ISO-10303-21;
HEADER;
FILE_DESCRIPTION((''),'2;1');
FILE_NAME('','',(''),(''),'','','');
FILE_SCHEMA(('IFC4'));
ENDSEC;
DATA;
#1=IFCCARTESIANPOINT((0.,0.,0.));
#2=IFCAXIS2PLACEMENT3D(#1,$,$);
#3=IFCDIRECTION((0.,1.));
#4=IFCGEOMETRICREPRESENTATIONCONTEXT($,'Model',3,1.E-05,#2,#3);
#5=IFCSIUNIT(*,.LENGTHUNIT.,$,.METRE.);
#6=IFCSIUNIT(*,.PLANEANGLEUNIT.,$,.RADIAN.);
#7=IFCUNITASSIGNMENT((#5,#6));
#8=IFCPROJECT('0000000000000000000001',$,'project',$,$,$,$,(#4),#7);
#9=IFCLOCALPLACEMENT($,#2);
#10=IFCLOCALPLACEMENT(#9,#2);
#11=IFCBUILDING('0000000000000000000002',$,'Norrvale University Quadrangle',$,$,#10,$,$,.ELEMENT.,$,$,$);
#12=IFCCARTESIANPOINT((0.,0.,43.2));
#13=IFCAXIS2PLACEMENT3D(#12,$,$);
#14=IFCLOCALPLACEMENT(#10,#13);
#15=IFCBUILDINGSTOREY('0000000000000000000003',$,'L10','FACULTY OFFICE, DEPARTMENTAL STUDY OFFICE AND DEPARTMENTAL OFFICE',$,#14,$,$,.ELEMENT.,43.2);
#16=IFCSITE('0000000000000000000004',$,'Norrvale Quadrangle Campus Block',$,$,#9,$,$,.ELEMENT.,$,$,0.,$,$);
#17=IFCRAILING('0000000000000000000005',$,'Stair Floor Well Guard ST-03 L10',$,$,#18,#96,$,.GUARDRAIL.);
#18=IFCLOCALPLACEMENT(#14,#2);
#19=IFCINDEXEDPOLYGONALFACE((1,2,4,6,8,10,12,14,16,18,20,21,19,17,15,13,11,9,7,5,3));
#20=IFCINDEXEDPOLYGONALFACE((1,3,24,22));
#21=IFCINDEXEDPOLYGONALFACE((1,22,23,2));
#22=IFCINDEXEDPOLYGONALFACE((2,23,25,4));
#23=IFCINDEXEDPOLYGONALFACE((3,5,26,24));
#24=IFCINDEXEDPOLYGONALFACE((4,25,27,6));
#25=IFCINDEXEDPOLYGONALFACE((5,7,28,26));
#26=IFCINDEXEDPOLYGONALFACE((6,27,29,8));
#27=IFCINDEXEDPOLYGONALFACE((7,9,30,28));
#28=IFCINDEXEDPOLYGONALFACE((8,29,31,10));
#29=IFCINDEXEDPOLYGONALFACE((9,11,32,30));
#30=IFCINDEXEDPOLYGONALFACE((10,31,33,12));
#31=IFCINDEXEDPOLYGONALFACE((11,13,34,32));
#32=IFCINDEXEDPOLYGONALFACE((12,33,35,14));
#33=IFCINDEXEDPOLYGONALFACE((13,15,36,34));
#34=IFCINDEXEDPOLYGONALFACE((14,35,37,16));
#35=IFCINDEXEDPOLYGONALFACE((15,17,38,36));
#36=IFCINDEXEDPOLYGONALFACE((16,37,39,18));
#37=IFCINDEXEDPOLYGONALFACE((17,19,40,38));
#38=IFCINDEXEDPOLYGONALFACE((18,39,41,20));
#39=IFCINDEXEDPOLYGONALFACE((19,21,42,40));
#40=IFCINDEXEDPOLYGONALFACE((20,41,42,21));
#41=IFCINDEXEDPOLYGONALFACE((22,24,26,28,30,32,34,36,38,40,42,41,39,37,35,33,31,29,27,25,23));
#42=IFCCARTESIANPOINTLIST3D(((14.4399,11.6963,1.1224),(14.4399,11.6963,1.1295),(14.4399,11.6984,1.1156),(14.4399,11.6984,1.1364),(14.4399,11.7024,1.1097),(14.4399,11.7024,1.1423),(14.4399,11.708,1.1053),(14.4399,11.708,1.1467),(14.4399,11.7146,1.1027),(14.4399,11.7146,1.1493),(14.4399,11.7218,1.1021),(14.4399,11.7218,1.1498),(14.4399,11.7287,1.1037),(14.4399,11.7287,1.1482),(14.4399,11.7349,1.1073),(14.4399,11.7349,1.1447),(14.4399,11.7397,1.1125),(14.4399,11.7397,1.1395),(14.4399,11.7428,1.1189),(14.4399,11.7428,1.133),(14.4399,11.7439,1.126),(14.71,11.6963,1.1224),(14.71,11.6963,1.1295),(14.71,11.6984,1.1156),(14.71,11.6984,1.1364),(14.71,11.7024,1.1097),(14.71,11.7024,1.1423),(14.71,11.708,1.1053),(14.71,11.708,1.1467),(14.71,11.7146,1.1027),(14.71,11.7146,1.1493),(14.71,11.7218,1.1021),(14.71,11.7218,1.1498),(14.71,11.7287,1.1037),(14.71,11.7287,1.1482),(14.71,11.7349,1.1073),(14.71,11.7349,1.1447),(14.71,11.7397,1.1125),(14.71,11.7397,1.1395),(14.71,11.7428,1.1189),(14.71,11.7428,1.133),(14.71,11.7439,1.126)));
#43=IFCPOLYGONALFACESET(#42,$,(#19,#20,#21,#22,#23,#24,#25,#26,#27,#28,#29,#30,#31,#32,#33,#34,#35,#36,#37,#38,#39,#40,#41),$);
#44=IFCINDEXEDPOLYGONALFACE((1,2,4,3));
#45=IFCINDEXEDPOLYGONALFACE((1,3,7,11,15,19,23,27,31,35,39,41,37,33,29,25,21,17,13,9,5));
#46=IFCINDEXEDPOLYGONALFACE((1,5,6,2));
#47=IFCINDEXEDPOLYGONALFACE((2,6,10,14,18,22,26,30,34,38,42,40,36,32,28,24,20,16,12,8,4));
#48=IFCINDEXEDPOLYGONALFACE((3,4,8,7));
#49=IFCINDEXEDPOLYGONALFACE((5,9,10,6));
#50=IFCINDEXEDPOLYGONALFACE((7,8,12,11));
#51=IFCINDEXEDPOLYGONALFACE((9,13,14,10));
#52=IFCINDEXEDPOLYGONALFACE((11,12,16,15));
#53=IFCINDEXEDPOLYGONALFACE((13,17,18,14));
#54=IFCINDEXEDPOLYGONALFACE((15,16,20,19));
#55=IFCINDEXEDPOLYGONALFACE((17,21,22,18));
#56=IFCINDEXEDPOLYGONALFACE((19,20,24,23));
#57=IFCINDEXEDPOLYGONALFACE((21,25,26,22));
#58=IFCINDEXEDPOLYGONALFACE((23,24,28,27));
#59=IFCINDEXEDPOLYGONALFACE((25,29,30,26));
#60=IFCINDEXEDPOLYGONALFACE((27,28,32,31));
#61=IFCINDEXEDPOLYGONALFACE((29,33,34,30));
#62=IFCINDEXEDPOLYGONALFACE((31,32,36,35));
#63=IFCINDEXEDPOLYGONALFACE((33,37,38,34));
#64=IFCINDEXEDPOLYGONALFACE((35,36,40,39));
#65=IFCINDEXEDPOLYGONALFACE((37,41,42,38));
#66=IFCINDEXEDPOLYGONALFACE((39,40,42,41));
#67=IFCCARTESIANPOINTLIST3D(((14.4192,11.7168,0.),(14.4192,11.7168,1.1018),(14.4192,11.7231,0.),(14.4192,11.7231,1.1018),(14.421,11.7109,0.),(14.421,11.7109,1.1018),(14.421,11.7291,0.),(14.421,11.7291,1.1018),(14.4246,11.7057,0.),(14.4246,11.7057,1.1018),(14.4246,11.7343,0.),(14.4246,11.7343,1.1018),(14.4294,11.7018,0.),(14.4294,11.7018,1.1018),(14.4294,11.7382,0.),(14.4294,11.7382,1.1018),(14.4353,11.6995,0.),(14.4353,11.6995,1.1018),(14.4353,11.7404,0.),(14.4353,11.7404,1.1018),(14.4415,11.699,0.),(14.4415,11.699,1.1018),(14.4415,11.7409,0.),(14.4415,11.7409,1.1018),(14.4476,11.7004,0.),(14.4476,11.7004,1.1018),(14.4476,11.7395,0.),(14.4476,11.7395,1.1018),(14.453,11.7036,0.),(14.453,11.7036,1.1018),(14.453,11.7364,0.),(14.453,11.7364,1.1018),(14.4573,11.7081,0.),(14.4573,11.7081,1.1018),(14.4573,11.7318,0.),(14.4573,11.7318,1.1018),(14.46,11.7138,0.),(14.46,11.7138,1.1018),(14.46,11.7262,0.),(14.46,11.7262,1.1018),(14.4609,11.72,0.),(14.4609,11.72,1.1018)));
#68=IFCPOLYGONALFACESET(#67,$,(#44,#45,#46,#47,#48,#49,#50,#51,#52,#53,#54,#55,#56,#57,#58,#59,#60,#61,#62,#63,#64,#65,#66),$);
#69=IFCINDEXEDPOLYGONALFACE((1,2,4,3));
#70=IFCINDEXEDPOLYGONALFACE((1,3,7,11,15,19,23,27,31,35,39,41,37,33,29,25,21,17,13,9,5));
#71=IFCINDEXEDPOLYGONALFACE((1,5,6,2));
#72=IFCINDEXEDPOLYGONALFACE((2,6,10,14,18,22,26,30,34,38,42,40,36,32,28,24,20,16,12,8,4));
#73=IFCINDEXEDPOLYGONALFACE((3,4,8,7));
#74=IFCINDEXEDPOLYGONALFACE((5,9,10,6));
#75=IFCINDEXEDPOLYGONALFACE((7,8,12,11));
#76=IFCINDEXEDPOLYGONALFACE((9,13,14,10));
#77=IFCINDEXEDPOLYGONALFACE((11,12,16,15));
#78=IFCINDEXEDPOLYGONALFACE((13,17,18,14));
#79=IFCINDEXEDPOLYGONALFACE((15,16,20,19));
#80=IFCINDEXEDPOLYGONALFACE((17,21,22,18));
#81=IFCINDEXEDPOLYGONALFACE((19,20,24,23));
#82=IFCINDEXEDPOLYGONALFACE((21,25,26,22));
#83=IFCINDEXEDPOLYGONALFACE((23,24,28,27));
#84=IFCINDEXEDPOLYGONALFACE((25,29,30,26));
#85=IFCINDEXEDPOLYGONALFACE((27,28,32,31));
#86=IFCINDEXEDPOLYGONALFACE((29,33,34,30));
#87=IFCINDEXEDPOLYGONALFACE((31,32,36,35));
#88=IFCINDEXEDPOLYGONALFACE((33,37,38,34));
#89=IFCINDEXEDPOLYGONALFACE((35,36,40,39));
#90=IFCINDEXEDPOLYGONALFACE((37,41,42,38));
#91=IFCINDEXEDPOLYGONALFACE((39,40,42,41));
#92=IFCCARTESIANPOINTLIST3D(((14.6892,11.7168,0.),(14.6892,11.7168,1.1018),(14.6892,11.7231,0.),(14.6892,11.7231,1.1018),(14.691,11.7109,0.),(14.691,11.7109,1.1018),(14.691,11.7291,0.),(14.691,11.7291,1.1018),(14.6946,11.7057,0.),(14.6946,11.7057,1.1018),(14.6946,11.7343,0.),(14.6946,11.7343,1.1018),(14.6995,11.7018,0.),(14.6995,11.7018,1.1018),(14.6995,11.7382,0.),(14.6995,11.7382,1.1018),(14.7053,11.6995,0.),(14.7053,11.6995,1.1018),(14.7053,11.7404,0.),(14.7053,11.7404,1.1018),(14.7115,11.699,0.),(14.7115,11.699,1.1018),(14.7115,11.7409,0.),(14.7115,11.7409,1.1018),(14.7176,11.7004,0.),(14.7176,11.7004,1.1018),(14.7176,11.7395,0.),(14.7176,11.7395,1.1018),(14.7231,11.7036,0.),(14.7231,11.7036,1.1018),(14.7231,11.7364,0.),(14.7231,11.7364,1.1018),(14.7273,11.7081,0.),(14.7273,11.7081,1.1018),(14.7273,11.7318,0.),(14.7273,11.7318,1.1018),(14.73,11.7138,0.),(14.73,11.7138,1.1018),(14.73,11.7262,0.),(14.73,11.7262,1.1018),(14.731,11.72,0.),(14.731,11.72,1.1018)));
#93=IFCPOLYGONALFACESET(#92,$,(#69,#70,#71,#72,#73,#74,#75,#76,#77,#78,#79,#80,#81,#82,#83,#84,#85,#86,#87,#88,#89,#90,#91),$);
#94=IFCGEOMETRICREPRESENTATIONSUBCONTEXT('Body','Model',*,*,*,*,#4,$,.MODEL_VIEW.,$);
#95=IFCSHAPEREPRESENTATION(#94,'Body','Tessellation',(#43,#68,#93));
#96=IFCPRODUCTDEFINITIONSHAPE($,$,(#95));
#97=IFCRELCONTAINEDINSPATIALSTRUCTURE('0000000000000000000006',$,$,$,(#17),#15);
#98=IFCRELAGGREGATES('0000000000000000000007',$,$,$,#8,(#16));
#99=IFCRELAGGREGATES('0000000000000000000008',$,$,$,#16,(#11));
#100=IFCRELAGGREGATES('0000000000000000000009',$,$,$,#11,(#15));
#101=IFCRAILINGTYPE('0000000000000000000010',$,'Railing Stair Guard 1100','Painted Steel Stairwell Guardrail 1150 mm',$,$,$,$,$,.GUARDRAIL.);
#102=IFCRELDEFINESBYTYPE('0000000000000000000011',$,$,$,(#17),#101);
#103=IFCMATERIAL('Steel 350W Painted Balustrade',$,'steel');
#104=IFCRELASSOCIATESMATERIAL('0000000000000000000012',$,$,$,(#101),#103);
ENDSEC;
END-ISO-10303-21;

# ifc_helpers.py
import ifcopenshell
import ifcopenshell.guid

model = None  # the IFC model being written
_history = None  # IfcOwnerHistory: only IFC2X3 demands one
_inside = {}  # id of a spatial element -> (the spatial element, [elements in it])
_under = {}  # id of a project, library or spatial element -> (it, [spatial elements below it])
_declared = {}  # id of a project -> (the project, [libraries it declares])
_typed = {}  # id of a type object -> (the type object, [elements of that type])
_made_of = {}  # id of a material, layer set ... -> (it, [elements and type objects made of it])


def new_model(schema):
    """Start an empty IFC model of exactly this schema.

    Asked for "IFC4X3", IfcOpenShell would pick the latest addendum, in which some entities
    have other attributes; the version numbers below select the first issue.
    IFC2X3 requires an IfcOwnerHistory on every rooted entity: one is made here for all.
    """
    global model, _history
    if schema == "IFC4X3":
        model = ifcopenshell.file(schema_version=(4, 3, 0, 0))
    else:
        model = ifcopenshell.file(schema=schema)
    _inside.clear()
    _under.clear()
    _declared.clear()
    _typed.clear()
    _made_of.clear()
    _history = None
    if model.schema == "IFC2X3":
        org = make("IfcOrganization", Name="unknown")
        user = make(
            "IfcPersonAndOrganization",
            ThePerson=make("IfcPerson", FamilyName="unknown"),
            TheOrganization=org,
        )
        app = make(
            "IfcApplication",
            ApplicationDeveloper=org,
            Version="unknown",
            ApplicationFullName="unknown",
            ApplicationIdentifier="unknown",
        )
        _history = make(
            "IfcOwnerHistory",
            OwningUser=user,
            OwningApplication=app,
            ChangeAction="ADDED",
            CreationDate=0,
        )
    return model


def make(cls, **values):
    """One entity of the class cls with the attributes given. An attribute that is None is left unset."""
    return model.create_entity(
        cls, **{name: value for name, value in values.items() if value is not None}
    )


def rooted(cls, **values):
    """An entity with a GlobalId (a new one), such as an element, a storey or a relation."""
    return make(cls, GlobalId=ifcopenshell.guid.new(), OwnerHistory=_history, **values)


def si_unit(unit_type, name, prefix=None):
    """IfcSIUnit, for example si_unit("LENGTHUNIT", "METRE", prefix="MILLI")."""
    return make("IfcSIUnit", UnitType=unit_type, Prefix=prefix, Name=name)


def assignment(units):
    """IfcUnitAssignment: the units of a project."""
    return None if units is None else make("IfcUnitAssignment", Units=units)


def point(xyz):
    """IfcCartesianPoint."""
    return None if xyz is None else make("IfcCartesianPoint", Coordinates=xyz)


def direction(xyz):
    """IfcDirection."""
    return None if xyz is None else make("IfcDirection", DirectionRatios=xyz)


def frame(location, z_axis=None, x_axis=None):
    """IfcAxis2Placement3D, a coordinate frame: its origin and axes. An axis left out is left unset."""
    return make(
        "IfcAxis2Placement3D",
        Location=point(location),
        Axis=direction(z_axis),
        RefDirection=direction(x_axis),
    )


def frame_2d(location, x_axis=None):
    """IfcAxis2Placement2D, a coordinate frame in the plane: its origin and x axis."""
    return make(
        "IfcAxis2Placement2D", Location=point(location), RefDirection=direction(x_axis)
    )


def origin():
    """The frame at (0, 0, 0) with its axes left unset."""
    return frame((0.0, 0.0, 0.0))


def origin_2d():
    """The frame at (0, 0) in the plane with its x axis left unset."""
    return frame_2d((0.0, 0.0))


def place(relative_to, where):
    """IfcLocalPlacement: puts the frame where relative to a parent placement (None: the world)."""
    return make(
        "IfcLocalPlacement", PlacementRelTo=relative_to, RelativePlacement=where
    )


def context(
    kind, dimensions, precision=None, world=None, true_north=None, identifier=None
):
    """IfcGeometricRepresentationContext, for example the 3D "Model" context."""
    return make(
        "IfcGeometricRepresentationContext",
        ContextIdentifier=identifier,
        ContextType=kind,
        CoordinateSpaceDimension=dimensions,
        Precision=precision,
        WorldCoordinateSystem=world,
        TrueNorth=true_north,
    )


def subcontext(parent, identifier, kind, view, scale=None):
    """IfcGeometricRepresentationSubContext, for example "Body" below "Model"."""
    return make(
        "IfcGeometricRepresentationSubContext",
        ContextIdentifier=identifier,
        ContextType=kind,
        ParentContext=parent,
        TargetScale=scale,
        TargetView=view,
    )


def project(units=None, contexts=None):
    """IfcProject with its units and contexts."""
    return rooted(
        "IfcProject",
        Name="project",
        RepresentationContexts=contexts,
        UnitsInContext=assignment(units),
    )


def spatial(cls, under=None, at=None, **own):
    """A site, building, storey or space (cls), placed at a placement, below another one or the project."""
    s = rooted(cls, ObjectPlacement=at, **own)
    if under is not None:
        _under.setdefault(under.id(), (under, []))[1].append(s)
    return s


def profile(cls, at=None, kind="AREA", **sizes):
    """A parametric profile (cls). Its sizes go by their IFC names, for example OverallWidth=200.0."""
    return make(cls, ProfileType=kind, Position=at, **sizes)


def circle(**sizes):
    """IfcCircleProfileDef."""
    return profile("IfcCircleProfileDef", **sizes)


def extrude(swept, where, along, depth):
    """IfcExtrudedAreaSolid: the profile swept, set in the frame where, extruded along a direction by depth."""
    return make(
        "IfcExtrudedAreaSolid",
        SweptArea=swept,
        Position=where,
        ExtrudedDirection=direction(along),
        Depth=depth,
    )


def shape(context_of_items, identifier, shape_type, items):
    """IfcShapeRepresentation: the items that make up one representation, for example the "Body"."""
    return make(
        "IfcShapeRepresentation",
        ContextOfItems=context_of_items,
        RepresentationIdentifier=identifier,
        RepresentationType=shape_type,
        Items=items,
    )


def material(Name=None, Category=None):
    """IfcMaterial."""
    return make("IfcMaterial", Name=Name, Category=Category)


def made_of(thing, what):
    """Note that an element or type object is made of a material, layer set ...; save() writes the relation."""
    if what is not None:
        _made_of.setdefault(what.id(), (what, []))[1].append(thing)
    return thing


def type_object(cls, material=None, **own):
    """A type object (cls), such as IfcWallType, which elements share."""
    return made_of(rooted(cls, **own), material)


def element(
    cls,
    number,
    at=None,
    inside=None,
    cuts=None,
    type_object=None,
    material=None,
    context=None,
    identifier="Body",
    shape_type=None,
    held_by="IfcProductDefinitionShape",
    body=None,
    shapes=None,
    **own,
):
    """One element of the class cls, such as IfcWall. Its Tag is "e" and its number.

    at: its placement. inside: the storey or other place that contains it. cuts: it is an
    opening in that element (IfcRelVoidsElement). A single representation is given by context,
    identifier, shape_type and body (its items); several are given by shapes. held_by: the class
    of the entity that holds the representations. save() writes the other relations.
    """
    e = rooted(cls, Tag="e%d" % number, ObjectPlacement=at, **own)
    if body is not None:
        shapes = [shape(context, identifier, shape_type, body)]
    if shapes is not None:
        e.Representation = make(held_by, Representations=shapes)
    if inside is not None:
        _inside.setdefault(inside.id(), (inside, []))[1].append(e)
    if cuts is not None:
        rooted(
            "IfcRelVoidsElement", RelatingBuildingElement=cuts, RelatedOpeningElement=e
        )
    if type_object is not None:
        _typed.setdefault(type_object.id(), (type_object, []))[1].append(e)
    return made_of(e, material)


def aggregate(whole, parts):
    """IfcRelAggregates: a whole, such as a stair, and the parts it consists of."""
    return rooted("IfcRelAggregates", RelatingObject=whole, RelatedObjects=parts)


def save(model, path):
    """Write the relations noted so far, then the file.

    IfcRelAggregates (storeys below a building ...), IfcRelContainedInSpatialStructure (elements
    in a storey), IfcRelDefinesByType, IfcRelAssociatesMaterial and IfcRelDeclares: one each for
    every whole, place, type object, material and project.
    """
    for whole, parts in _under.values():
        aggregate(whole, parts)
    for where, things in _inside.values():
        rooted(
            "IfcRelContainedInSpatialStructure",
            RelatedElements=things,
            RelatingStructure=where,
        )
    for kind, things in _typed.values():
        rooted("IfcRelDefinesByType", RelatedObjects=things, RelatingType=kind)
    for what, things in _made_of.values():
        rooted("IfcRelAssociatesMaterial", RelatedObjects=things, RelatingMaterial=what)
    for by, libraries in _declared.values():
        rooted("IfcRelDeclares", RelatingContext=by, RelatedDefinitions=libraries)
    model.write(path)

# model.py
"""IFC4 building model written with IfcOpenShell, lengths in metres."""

from ifc_helpers import new_model, si_unit, direction, frame, origin, origin_2d, place, context, subcontext, project, spatial, circle, extrude, material, type_object, element, save


model = new_model("IFC4")

# Units and contexts
model_context = context("Model", 3, precision=1e-05, world=origin(), true_north=direction((0.0, 1.0)))
body_context = subcontext(model_context, "Body", "Model", "MODEL_VIEW")
ifc_project = project(units=[si_unit("LENGTHUNIT", "METRE"), si_unit("PLANEANGLEUNIT", "RADIAN")], contexts=[model_context])

# Site, building, storey
site_placement = place(None, origin())
site = spatial("IfcSite", under=ifc_project, at=site_placement, Name="Norrvale Quadrangle Campus Block", CompositionType="ELEMENT", RefElevation=0.0)
building_placement = place(site_placement, origin())
building = spatial("IfcBuilding", under=site, at=building_placement, Name="Norrvale University Quadrangle", CompositionType="ELEMENT")
storey_placement = place(building_placement, frame((0.0, 0.0, 43.2)))
storey = spatial("IfcBuildingStorey", under=building, at=storey_placement, Name="L10", Description="FACULTY OFFICE, DEPARTMENTAL STUDY OFFICE AND DEPARTMENTAL OFFICE", CompositionType="ELEMENT", Elevation=43.2)

# Railing
ifc_material_1 = material(Name="Steel 350W Painted Balustrade", Category="steel")
railing_type = type_object("IfcRailingType", Name="Railing Stair Guard 1100", Description="Painted Steel Stairwell Guardrail 1150 mm", PredefinedType="GUARDRAIL", material=ifc_material_1)
railing_placement = place(storey_placement, frame((14.4399, 11.72, 0.0)))
element("IfcRailing", 1, at=railing_placement, inside=storey, type_object=railing_type, Name="Stair Floor Well Guard ST-03 L10", PredefinedType="GUARDRAIL", context=body_context, shape_type="SweptSolid", body=[
    extrude(circle(Radius=0.0239, at=origin_2d()), frame((0.0, 0.0, 1.126), z_axis=(1.0, 0.0, 0.0), x_axis=(0.0, 1.0, 0.0)), (0.0, 0.0, 1.0), 0.27),
    extrude(circle(Radius=0.021, at=origin_2d()), origin(), (0.0, 0.0, 1.0), 1.1018),
    extrude(circle(Radius=0.021, at=origin_2d()), frame((0.27, 0.0, 0.0)), (0.0, 0.0, 1.0), 1.1018),
])

save(model, "model.ifc")
